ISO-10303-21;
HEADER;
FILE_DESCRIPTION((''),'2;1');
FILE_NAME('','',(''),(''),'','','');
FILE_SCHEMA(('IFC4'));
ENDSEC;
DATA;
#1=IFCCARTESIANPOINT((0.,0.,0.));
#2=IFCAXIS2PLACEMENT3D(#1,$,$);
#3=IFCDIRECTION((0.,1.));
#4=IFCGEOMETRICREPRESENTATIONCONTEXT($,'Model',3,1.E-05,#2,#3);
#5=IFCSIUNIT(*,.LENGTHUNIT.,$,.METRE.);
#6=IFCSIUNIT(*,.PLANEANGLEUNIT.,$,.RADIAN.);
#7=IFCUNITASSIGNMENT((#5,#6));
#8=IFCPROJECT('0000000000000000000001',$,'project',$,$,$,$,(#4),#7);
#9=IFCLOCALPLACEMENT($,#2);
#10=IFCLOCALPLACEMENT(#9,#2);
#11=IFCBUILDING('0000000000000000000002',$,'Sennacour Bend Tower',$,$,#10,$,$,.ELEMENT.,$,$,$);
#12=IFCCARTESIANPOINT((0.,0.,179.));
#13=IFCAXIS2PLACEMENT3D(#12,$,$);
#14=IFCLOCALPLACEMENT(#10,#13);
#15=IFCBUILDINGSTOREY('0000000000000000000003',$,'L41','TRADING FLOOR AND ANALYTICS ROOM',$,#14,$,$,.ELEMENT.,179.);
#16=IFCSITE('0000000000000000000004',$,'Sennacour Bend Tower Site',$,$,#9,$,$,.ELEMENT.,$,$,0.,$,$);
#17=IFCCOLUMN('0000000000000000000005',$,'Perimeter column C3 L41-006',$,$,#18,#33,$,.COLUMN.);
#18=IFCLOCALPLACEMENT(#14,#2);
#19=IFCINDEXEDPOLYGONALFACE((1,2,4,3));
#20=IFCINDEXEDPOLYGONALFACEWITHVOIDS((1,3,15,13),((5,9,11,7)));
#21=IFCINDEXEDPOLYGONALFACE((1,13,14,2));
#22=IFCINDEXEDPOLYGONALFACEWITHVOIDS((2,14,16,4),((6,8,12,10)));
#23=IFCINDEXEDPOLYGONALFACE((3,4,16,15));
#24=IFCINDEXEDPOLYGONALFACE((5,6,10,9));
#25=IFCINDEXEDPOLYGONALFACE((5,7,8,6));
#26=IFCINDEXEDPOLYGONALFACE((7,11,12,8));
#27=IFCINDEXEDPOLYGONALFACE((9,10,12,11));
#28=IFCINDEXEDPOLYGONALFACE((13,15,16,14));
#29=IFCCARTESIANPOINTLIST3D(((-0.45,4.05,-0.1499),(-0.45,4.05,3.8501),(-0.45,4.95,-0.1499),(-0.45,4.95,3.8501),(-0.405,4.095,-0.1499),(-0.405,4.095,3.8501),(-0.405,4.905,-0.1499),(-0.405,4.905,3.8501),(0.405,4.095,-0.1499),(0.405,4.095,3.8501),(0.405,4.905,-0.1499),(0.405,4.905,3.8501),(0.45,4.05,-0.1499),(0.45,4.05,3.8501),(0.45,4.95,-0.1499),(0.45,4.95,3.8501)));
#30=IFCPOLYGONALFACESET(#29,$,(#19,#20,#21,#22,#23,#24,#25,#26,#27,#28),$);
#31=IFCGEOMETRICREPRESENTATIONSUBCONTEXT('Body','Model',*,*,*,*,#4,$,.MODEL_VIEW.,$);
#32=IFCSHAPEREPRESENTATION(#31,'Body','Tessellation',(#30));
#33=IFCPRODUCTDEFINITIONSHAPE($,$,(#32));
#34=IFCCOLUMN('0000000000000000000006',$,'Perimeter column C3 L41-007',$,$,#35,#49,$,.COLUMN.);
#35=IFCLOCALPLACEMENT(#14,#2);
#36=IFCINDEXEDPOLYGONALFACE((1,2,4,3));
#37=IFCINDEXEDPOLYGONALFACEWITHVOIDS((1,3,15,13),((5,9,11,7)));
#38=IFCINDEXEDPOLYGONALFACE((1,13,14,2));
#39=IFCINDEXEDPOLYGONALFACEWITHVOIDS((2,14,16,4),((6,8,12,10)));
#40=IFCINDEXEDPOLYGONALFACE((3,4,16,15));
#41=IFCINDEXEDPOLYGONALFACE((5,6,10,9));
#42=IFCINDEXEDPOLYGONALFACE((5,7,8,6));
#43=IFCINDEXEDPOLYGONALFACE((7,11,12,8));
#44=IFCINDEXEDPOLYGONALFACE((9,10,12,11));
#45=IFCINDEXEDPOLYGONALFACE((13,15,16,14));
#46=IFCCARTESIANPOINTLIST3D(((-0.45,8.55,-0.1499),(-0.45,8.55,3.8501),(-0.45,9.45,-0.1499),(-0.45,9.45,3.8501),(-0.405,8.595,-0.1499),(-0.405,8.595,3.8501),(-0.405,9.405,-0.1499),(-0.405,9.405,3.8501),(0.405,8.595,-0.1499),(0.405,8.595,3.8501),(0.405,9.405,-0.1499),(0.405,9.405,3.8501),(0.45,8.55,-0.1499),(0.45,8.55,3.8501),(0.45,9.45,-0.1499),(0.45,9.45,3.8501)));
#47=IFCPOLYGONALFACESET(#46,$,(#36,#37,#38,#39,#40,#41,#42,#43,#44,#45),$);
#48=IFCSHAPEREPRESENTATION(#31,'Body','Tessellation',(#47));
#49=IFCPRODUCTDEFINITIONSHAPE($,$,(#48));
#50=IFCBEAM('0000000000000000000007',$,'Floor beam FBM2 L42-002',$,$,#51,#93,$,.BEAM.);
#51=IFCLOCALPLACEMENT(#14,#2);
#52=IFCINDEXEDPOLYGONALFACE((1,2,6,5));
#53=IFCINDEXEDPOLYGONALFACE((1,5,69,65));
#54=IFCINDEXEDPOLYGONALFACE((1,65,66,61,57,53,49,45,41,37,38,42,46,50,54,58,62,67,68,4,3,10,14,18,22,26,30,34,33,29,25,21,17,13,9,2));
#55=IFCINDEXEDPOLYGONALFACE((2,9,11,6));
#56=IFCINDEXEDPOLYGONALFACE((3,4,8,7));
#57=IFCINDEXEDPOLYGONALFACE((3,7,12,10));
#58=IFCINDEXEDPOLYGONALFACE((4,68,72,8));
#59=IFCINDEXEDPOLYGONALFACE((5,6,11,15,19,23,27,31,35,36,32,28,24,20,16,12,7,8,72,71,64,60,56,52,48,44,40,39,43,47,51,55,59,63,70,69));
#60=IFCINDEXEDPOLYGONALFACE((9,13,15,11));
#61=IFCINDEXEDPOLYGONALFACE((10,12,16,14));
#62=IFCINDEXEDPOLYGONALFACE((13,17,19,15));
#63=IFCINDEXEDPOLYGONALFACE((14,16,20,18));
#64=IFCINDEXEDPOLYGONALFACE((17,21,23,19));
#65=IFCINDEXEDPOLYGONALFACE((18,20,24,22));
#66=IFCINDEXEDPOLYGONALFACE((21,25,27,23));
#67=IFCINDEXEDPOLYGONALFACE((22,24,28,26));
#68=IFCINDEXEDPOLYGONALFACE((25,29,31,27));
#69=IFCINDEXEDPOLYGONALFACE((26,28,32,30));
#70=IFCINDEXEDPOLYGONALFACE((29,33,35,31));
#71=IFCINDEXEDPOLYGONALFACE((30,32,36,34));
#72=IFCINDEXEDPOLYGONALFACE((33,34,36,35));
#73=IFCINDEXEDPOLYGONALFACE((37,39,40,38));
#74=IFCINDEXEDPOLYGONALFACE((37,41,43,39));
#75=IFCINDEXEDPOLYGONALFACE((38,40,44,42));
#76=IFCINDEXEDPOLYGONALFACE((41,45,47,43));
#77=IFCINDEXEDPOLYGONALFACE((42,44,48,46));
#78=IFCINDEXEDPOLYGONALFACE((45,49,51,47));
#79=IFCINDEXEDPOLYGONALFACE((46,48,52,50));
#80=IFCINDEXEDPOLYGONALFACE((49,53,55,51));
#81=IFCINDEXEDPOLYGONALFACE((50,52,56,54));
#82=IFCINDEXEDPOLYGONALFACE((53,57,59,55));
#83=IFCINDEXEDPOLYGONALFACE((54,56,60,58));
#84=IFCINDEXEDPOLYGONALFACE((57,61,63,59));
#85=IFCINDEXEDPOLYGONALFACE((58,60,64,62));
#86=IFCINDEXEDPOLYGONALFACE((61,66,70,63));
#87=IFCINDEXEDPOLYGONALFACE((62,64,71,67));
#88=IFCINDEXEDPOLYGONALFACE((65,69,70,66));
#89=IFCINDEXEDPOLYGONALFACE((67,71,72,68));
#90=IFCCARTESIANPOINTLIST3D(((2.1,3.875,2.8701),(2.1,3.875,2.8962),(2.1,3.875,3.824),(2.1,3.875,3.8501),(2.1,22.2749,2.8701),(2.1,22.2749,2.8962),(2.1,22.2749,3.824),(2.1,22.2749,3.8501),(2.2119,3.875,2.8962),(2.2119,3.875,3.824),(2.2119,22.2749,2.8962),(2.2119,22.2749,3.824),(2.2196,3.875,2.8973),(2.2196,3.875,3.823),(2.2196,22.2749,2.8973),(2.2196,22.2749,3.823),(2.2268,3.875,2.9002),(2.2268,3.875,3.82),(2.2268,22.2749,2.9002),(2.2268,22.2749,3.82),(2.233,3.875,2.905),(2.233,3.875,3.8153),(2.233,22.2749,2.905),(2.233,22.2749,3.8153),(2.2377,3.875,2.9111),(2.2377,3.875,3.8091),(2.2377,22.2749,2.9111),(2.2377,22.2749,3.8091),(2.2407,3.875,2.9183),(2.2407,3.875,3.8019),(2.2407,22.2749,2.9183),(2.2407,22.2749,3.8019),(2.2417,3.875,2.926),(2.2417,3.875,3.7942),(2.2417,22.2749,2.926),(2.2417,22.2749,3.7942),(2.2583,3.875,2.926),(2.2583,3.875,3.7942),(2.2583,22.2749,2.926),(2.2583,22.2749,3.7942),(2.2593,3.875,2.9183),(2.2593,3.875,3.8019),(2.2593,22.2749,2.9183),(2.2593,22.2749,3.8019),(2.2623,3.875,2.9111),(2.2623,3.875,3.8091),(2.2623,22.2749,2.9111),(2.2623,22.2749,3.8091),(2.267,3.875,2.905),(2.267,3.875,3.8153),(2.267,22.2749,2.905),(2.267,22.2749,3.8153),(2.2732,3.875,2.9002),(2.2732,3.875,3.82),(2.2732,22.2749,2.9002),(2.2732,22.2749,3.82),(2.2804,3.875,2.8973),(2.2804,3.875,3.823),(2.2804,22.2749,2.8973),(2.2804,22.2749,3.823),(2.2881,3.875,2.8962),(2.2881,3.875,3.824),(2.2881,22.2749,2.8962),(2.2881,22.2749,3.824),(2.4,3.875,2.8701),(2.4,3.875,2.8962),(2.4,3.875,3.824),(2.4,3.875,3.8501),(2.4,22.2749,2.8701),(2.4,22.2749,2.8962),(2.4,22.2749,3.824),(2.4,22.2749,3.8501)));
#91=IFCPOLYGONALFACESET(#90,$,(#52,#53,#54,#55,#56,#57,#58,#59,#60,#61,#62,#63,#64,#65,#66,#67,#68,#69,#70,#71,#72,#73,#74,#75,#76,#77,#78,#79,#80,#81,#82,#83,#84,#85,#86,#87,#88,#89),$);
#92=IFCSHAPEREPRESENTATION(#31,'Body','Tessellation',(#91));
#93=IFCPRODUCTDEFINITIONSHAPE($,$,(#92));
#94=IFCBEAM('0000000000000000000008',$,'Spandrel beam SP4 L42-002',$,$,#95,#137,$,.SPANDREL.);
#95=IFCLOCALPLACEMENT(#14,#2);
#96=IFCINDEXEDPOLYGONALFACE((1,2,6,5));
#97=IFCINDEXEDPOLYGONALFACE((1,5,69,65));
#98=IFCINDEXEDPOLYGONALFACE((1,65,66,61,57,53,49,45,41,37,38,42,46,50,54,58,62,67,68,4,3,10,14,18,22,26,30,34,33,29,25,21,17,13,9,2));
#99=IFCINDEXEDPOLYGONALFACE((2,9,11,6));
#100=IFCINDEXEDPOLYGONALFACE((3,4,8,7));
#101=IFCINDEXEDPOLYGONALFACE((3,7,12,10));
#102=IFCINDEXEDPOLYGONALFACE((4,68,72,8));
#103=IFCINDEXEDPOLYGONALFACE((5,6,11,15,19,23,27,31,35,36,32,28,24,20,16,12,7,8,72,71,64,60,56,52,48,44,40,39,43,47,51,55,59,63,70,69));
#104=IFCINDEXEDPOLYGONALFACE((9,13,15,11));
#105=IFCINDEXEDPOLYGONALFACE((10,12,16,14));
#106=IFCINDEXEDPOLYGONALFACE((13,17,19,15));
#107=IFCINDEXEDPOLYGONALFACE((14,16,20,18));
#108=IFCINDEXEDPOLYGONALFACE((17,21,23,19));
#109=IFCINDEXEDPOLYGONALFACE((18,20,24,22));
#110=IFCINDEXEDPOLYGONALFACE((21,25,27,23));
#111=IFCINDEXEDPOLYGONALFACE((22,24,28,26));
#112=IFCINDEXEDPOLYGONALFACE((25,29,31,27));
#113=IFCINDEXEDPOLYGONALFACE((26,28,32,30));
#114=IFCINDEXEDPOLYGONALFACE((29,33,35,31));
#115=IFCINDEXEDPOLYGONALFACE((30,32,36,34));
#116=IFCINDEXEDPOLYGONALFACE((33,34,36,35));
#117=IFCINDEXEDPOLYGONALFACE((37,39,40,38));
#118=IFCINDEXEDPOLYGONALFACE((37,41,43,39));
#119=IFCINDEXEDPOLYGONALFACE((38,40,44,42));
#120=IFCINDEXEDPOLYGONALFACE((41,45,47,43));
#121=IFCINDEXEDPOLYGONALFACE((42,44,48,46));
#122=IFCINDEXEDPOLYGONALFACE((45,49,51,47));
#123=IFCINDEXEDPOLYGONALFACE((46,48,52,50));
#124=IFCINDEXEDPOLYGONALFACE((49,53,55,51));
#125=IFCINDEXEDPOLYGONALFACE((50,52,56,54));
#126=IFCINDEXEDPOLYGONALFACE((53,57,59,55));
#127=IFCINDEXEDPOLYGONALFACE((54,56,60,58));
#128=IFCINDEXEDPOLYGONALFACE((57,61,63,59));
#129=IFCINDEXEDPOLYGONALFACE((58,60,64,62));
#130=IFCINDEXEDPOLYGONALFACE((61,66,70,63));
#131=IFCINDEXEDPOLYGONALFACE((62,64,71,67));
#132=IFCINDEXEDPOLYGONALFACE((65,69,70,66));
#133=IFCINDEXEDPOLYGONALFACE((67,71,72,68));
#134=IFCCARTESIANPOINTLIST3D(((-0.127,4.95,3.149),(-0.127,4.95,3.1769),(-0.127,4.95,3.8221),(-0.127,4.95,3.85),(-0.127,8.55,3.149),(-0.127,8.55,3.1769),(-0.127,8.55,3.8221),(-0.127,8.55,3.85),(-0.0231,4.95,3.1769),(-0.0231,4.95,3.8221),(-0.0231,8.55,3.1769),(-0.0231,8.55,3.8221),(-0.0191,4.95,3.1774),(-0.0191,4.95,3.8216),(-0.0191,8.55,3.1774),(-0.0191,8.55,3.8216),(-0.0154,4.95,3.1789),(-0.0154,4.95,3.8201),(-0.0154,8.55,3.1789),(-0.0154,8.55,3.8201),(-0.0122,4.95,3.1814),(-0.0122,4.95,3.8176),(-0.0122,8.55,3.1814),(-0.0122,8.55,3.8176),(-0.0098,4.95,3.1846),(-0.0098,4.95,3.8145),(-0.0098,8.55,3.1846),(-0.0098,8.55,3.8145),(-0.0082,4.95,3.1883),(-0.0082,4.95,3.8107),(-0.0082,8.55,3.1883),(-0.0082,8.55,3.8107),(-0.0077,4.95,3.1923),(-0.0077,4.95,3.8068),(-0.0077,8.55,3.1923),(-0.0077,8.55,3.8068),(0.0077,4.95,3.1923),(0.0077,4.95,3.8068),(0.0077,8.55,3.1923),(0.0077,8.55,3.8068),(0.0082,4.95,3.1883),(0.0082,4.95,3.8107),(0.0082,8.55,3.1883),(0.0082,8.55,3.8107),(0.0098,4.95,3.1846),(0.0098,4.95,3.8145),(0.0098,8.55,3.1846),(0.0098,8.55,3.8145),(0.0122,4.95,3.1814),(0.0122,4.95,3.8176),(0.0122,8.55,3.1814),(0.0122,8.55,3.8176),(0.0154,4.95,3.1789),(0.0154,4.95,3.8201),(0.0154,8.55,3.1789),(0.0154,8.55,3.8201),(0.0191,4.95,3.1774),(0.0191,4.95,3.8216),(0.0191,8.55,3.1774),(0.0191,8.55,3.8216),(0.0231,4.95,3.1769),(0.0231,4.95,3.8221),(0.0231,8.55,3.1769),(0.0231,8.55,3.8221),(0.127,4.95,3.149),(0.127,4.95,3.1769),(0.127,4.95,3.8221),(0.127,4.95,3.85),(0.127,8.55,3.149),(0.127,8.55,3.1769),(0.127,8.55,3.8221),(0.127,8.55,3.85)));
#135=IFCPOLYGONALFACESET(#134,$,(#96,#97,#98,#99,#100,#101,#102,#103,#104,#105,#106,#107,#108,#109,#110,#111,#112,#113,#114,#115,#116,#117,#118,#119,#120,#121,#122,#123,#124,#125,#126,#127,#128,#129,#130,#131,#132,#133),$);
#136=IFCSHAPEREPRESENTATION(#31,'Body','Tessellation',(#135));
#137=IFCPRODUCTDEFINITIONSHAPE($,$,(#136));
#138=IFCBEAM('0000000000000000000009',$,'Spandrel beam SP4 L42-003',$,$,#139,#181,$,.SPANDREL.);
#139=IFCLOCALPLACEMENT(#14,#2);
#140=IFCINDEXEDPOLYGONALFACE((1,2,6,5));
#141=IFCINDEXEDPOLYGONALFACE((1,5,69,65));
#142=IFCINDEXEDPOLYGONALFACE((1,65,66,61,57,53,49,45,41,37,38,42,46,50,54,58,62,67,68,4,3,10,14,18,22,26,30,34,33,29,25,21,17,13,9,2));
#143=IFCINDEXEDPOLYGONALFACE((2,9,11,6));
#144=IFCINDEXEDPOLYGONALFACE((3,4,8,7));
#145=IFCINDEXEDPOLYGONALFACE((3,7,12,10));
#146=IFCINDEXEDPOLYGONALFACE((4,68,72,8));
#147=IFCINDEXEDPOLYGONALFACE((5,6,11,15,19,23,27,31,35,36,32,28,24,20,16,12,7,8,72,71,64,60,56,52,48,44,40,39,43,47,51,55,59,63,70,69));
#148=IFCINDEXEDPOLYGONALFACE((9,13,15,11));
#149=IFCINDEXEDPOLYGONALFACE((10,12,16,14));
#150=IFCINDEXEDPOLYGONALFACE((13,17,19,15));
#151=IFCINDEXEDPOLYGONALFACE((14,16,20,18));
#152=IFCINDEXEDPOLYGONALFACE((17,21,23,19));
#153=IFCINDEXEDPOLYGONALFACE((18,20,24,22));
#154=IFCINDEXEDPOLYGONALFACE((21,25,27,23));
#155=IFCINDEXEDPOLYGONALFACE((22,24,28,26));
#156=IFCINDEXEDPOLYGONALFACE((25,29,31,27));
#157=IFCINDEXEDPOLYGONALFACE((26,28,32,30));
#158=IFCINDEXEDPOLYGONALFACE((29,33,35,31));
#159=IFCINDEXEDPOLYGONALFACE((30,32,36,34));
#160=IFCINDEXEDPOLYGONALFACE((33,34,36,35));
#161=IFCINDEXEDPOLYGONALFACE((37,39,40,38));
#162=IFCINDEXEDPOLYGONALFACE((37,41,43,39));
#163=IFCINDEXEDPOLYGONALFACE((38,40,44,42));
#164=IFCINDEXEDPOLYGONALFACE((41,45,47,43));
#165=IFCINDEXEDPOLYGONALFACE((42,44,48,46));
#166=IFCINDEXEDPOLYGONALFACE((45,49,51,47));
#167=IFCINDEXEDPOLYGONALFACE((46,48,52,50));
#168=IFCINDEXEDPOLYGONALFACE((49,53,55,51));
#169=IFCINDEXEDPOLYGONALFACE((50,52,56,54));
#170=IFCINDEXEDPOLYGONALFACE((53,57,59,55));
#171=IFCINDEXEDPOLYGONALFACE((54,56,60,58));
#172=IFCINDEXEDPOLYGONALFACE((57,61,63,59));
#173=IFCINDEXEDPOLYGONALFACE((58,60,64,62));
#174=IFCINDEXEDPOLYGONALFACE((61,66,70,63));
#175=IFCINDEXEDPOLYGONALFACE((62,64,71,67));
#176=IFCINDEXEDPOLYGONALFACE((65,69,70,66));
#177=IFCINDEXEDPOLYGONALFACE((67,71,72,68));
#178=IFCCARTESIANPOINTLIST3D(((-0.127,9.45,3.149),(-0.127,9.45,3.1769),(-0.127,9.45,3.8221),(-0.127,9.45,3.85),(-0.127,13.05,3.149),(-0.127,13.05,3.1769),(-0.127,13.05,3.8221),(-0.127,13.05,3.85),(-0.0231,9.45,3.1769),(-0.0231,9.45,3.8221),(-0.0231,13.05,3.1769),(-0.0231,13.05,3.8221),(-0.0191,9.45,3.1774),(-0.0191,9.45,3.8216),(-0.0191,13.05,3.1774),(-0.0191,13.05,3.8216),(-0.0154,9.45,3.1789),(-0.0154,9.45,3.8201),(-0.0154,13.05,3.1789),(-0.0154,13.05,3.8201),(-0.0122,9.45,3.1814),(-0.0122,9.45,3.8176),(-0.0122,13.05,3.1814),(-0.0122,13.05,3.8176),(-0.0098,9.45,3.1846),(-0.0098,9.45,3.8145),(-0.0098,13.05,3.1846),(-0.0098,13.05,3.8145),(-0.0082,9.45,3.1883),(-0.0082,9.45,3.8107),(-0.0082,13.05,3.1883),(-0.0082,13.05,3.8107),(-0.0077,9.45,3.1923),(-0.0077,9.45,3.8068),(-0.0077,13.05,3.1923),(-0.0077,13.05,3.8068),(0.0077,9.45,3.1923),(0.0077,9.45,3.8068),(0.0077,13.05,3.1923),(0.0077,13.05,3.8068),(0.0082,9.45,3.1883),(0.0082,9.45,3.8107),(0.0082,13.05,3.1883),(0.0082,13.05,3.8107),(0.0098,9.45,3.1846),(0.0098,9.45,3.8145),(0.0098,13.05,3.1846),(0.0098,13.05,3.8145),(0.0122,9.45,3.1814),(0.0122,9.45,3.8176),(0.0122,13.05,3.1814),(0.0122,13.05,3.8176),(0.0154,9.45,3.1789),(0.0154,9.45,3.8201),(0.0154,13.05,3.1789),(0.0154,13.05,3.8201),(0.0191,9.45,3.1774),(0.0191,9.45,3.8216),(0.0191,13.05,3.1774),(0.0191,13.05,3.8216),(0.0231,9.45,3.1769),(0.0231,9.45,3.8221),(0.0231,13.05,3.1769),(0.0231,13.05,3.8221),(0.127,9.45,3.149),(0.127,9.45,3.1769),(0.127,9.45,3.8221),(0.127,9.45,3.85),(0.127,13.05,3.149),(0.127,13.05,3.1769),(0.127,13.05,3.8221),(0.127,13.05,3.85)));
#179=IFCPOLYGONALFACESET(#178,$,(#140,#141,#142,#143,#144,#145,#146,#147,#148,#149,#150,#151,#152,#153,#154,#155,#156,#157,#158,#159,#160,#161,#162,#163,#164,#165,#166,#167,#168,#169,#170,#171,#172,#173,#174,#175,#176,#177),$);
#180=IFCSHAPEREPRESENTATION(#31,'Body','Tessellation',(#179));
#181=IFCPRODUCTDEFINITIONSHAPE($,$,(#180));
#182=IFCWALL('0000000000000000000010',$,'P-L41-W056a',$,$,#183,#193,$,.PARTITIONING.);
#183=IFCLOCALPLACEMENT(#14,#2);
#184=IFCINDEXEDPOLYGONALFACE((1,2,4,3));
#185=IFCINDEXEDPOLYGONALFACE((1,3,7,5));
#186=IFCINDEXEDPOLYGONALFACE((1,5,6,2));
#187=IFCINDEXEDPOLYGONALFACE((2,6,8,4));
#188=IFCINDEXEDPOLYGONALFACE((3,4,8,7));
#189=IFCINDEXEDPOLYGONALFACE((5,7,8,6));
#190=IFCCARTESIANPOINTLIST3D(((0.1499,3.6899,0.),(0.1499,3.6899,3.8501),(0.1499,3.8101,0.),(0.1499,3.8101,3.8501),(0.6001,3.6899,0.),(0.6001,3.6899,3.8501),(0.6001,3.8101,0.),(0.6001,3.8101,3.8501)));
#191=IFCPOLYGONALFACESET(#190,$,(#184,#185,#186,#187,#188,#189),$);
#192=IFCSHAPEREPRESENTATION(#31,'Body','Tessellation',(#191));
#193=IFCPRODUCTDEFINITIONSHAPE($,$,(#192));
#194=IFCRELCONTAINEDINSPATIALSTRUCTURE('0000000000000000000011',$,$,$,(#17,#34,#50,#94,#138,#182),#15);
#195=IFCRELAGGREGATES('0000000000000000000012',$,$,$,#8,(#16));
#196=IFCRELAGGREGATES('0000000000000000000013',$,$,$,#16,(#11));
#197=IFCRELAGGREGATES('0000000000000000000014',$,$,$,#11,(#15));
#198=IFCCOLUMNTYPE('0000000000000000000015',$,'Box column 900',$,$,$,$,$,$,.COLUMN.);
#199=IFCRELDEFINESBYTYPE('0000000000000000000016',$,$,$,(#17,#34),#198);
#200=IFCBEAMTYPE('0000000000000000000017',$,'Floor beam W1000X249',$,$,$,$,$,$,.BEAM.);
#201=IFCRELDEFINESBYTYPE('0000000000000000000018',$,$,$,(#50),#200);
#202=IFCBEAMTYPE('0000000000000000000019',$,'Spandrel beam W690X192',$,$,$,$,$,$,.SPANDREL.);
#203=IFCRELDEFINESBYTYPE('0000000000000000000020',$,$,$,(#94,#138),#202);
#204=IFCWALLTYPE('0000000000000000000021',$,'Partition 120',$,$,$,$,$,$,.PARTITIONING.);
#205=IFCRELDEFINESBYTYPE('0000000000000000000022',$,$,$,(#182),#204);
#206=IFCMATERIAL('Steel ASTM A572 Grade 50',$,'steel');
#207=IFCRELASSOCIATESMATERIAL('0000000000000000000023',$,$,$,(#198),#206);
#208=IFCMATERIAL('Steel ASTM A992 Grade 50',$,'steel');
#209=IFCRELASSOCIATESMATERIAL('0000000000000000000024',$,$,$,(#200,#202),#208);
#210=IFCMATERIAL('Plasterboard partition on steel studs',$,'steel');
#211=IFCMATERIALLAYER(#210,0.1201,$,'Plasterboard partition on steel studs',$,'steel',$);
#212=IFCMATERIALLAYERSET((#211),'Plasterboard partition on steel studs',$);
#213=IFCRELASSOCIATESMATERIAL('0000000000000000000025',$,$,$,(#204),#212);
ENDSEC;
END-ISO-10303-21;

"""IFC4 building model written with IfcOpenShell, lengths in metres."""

from ifc_helpers import new_model, si_unit, direction, frame, frame_2d, origin, origin_2d, place, context, subcontext, project, spatial, rectangle, hollow_rectangle, i_section, extrude, material, layer, layer_set, material_profile, profile_set, type_object, element, save


model = new_model("IFC4")

# Units and contexts
model_context = context("Model", 3, precision=1e-05, world=origin(), true_north=direction((0.0, 1.0)))
body_context = subcontext(model_context, "Body", "Model", "MODEL_VIEW")
ifc_project = project(units=[si_unit("LENGTHUNIT", "METRE"), si_unit("PLANEANGLEUNIT", "RADIAN")], contexts=[model_context])

# Site, building, storey
site_placement = place(None, origin())
site = spatial("IfcSite", under=ifc_project, at=site_placement, Name="Sennacour Bend Tower Site", CompositionType="ELEMENT", RefElevation=0.0)
building_placement = place(site_placement, origin())
building = spatial("IfcBuilding", under=site, at=building_placement, Name="Sennacour Bend Tower", CompositionType="ELEMENT")
storey_placement = place(building_placement, frame((0.0, 0.0, 179.0)))
storey = spatial("IfcBuildingStorey", under=building, at=storey_placement, Name="L41", Description="TRADING FLOOR AND ANALYTICS ROOM", CompositionType="ELEMENT", Elevation=179.0)

# Columns
ifc_material_1 = material(Name="Steel ASTM A572 Grade 50", Category="steel")
ifc_material_profile_1 = material_profile(ifc_material_1, hollow_rectangle(XDim=0.8999, YDim=0.8999, WallThickness=0.0449, at=origin_2d()), Name="Steel ASTM A572 Grade 50", Category="steel")
ifc_profile_set_1 = profile_set([ifc_material_profile_1], Name="Steel ASTM A572 Grade 50")
column_type = type_object("IfcColumnType", Name="Box column 900", PredefinedType="COLUMN", material=ifc_profile_set_1)
for number, where, z_axis, x_axis, name in (
    (1, (0.0, 4.5, -0.1499), (0.0, 0.0, 1.0), (1.0, 0.0, 0.0), "Perimeter column C3 L41-006"),
    (2, (0.0, 9.0, -0.1499), (0.0, 0.0, 1.0), (1.0, 0.0, 0.0), "Perimeter column C3 L41-007"),
):
    element("IfcColumn", number, at=place(storey_placement, frame(where, z_axis=z_axis, x_axis=x_axis)), inside=storey, type_object=column_type, Name=name, PredefinedType="COLUMN", context=body_context, shape_type="SweptSolid", body=[
        extrude(hollow_rectangle(XDim=0.8999, YDim=0.8999, WallThickness=0.0449, at=origin_2d()), origin(), (0.0, 0.0, 1.0), 4.0),
    ])

# Beams
ifc_material_2 = material(Name="Steel ASTM A992 Grade 50", Category="steel")
ifc_material_profile_2 = material_profile(ifc_material_2, i_section(OverallWidth=0.3, OverallDepth=0.98, WebThickness=0.0166, FlangeThickness=0.0261, FilletRadius=0.0298, at=origin_2d()), Name="Steel ASTM A992 Grade 50", Category="steel")
ifc_profile_set_2 = profile_set([ifc_material_profile_2], Name="Steel ASTM A992 Grade 50")
beam_type_1 = type_object("IfcBeamType", Name="Floor beam W1000X249", PredefinedType="BEAM", material=ifc_profile_set_2)
beam_placement = place(storey_placement, frame((2.25, 3.875, 3.3601), z_axis=(0.0, 1.0, 0.0), x_axis=(-1.0, 0.0, 0.0)))
element("IfcBeam", 3, at=beam_placement, inside=storey, type_object=beam_type_1, Name="Floor beam FBM2 L42-002", PredefinedType="BEAM", context=body_context, shape_type="SweptSolid", body=[
    extrude(i_section(OverallWidth=0.3, OverallDepth=0.98, WebThickness=0.0166, FlangeThickness=0.0261, FilletRadius=0.0298, at=origin_2d()), origin(), (0.0, 0.0, 1.0), 18.3999),
])
ifc_material_profile_3 = material_profile(ifc_material_2, i_section(OverallWidth=0.2539, OverallDepth=0.7009, WebThickness=0.0154, FlangeThickness=0.0278, FilletRadius=0.0154, at=origin_2d()), Name="Steel ASTM A992 Grade 50", Category="steel")
ifc_profile_set_3 = profile_set([ifc_material_profile_3], Name="Steel ASTM A992 Grade 50")
beam_type_2 = type_object("IfcBeamType", Name="Spandrel beam W690X192", PredefinedType="SPANDREL", material=ifc_profile_set_3)
for number, where, z_axis, x_axis, name in (
    (4, (0.0, 4.95, 3.4995), (0.0, 1.0, 0.0), (-1.0, 0.0, 0.0), "Spandrel beam SP4 L42-002"),
    (5, (0.0, 9.45, 3.4995), (0.0, 1.0, 0.0), (-1.0, 0.0, 0.0), "Spandrel beam SP4 L42-003"),
):
    element("IfcBeam", number, at=place(storey_placement, frame(where, z_axis=z_axis, x_axis=x_axis)), inside=storey, type_object=beam_type_2, Name=name, PredefinedType="SPANDREL", context=body_context, shape_type="SweptSolid", body=[
        extrude(i_section(OverallWidth=0.2539, OverallDepth=0.7009, WebThickness=0.0154, FlangeThickness=0.0278, FilletRadius=0.0154, at=origin_2d()), origin(), (0.0, 0.0, 1.0), 3.6001),
    ])

# Wall
ifc_material_3 = material(Name="Plasterboard partition on steel studs", Category="steel")
ifc_layer_1 = layer(ifc_material_3, 0.1201, Name="Plasterboard partition on steel studs", Category="steel")
ifc_layer_set_1 = layer_set([ifc_layer_1], Name="Plasterboard partition on steel studs")
wall_type_1 = type_object("IfcWallType", Name="Partition 120", PredefinedType="PARTITIONING", material=ifc_layer_set_1)
wall_1_placement = place(storey_placement, frame((0.1499, 3.75, 0.0), z_axis=(0.0, 0.0, 1.0), x_axis=(1.0, 0.0, 0.0)))
element("IfcWall", 6, at=wall_1_placement, inside=storey, type_object=wall_type_1, Name="P-L41-W056a", PredefinedType="PARTITIONING", context=body_context, shape_type="SweptSolid", body=[
    extrude(rectangle(XDim=0.4502, YDim=0.1201, at=frame_2d((0.2251, 0.0))), origin(), (0.0, 0.0, 1.0), 3.8501),
])

save(model, "model.ifc")
